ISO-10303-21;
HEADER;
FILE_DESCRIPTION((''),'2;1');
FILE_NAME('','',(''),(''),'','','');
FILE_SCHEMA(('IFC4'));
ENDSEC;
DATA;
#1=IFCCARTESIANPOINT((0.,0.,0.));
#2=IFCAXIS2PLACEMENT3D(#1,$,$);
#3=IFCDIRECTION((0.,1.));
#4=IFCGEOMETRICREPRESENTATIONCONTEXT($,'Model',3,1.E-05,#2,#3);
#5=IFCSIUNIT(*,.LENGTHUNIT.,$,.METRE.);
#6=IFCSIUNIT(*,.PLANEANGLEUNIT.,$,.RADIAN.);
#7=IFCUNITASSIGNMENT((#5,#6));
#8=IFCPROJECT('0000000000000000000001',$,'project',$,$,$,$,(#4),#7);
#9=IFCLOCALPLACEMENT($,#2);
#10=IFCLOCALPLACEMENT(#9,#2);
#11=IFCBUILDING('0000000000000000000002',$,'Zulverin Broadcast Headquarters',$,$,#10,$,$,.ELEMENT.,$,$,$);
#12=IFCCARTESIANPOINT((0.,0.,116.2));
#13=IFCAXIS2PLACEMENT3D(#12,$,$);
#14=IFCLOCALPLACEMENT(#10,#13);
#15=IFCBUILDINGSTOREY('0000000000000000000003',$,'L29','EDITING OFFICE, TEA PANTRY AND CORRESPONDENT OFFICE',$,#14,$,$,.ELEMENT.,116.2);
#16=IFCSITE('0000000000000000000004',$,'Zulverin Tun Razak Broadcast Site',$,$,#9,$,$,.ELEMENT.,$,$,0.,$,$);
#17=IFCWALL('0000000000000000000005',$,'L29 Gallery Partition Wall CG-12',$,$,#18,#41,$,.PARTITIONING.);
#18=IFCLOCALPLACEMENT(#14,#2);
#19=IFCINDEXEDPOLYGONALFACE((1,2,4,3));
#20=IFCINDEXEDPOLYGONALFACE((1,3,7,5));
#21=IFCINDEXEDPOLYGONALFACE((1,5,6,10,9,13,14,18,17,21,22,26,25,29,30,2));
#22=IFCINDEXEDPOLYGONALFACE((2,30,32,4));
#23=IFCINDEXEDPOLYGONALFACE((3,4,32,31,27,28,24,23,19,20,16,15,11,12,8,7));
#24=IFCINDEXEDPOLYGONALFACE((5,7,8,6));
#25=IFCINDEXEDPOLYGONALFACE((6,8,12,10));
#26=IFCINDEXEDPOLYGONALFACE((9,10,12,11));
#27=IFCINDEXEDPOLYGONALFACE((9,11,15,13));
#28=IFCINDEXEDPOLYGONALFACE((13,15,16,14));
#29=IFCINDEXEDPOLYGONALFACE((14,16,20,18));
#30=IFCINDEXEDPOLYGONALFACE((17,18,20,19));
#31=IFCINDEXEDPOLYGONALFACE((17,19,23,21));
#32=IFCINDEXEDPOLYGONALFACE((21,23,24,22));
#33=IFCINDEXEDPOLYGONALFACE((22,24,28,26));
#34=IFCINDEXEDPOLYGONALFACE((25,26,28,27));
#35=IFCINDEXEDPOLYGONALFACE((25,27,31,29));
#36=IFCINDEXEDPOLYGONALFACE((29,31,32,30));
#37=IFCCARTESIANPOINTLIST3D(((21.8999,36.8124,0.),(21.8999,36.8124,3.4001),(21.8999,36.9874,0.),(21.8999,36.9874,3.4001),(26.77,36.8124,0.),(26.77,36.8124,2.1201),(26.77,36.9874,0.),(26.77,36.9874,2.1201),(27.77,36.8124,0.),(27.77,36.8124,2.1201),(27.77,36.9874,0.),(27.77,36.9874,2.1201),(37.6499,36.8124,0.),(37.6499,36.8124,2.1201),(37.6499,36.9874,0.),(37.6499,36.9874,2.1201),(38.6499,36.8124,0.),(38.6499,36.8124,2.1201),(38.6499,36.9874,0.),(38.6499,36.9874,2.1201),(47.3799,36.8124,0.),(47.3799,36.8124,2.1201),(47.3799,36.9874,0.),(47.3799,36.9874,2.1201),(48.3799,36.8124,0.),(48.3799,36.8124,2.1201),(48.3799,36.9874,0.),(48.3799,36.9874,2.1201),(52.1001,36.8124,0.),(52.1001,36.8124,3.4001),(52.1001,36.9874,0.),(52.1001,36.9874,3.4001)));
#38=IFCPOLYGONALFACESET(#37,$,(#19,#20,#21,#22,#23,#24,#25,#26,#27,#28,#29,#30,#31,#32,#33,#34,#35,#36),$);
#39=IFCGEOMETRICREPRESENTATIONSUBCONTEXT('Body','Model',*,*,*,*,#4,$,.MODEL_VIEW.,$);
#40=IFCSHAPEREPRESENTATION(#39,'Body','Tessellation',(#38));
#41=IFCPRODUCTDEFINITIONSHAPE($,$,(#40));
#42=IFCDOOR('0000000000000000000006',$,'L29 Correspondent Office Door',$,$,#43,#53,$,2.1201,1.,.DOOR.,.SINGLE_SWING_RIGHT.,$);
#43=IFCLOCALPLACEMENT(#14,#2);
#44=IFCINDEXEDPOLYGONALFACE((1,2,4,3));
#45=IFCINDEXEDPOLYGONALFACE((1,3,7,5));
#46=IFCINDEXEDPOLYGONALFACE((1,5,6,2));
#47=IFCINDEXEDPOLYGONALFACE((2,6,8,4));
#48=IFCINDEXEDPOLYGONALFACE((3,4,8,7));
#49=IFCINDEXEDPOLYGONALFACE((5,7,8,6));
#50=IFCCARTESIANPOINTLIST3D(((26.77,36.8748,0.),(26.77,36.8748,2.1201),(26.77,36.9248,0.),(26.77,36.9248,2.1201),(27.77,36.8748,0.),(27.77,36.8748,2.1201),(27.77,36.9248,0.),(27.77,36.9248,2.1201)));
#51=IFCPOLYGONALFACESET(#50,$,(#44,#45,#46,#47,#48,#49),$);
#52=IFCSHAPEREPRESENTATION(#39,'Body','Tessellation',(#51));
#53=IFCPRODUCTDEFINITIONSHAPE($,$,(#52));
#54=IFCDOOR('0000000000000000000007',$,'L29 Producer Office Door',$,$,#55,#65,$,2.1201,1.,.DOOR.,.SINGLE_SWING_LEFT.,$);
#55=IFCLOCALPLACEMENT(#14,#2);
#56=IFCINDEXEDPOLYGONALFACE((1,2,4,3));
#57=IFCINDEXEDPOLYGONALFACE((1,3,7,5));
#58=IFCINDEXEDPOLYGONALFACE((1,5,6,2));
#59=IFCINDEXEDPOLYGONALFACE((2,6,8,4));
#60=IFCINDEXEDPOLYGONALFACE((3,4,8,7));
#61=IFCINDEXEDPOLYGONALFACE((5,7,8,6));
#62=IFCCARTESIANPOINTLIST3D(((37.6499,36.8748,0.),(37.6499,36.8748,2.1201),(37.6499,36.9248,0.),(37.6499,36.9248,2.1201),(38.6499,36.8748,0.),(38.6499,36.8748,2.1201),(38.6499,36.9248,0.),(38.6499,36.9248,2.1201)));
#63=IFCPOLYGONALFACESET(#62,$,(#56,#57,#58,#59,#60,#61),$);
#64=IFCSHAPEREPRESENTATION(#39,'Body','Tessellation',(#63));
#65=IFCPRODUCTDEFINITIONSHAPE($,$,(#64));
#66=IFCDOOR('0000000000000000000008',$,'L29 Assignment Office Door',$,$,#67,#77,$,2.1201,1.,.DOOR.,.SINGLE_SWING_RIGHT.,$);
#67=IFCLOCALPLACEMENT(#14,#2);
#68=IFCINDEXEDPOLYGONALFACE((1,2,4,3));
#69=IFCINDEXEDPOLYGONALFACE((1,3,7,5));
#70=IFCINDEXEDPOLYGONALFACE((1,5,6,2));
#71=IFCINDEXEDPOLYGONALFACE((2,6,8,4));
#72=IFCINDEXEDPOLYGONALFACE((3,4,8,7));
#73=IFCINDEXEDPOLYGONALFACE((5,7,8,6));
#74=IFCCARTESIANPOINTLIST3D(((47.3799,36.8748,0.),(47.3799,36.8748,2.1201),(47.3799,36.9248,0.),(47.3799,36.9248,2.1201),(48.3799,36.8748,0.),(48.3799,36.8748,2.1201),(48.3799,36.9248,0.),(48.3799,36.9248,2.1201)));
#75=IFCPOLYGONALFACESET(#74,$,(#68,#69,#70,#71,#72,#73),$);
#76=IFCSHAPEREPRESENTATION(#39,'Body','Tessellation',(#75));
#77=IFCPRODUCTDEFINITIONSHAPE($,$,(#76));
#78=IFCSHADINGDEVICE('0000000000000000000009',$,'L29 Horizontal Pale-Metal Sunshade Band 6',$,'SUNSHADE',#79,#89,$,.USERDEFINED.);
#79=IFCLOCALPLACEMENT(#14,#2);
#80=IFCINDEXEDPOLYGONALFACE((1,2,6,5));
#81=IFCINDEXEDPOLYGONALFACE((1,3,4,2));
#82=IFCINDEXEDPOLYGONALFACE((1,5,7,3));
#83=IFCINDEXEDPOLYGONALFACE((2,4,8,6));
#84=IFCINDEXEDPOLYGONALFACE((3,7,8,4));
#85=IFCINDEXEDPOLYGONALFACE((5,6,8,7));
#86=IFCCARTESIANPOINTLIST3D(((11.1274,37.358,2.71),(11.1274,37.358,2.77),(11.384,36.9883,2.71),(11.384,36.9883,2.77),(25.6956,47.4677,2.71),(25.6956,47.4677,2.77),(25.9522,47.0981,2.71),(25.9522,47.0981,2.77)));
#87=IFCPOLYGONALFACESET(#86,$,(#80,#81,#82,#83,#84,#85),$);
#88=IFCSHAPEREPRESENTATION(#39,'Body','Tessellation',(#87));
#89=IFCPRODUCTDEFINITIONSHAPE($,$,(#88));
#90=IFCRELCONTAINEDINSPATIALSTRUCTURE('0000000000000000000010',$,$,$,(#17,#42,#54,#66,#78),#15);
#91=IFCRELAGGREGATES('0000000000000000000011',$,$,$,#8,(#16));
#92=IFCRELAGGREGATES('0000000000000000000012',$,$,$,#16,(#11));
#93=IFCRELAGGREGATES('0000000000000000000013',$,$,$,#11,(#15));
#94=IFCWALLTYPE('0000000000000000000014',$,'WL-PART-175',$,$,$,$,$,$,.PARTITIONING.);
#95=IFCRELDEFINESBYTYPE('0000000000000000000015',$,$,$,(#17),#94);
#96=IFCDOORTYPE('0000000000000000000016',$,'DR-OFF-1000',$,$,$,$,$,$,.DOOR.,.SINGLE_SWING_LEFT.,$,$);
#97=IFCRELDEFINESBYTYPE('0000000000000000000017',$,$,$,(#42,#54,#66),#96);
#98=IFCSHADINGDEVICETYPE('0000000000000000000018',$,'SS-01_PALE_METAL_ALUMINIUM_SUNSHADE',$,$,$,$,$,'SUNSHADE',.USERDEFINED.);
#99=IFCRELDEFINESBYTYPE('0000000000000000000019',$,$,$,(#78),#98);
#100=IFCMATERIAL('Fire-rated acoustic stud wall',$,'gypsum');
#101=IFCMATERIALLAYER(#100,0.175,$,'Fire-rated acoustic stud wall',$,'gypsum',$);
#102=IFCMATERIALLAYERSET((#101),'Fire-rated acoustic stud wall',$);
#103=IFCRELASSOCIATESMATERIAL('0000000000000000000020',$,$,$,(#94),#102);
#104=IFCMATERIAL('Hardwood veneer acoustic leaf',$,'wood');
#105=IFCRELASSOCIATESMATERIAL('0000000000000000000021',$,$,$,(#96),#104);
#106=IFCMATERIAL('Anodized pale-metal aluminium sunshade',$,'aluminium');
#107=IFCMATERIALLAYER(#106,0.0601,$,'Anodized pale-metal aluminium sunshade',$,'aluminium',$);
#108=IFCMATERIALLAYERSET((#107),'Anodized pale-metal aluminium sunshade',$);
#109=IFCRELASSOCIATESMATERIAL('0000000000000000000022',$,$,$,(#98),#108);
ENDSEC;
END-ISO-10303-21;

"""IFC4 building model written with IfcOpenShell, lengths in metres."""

from ifc_helpers import new_model, si_unit, direction, frame, frame_2d, origin, origin_2d, place, context, subcontext, project, spatial, rectangle, extrude, material, layer, layer_set, type_object, element, fill, save


model = new_model("IFC4")

# Units and contexts
model_context = context("Model", 3, precision=1e-05, world=origin(), true_north=direction((0.0, 1.0)))
body_context = subcontext(model_context, "Body", "Model", "MODEL_VIEW")
ifc_project = project(units=[si_unit("LENGTHUNIT", "METRE"), si_unit("PLANEANGLEUNIT", "RADIAN")], contexts=[model_context])

# Site, building, storey
site_placement = place(None, origin())
site = spatial("IfcSite", under=ifc_project, at=site_placement, Name="Zulverin Tun Razak Broadcast Site", CompositionType="ELEMENT", RefElevation=0.0)
building_placement = place(site_placement, origin())
building = spatial("IfcBuilding", under=site, at=building_placement, Name="Zulverin Broadcast Headquarters", CompositionType="ELEMENT")
storey_placement = place(building_placement, frame((0.0, 0.0, 116.2)))
storey = spatial("IfcBuildingStorey", under=building, at=storey_placement, Name="L29", Description="EDITING OFFICE, TEA PANTRY AND CORRESPONDENT OFFICE", CompositionType="ELEMENT", Elevation=116.2)

# Wall, openings, doors
ifc_material_1 = material(Name="Fire-rated acoustic stud wall", Category="gypsum")
ifc_layer_1 = layer(ifc_material_1, 0.175, Name="Fire-rated acoustic stud wall", Category="gypsum")
ifc_layer_set_1 = layer_set([ifc_layer_1], Name="Fire-rated acoustic stud wall")
wall_type_1 = type_object("IfcWallType", Name="WL-PART-175", PredefinedType="PARTITIONING", material=ifc_layer_set_1)
wall_1_placement = place(storey_placement, frame((21.8999, 36.8999, 0.0), z_axis=(0.0, 0.0, 1.0), x_axis=(1.0, 0.0, 0.0)))
wall_1 = element("IfcWall", 1, at=wall_1_placement, inside=storey, type_object=wall_type_1, Name="L29 Gallery Partition Wall CG-12", PredefinedType="PARTITIONING", context=body_context, shape_type="SweptSolid", body=[
    extrude(rectangle(XDim=30.2002, YDim=0.175, at=frame_2d((15.1001, 0.0))), origin(), (0.0, 0.0, 1.0), 3.4001),
])
opening_1_placement = place(wall_1_placement, frame((4.8701, 0.0, 0.0)))
opening_1 = element("IfcOpeningElement", 2, at=opening_1_placement, cuts=wall_1, PredefinedType="OPENING", context=body_context, shape_type="SweptSolid", body=[
    extrude(rectangle(XDim=1.0, YDim=2.1201, at=frame_2d((0.5, 1.0601))), frame((0.0, 0.0974, 0.0), z_axis=(0.0, -1.0, 0.0), x_axis=(1.0, 0.0, 0.0)), (0.0, 0.0, 1.0), 0.1951),
])
opening_2_placement = place(wall_1_placement, frame((15.75, 0.0, 0.0)))
opening_2 = element("IfcOpeningElement", 3, at=opening_2_placement, cuts=wall_1, PredefinedType="OPENING", context=body_context, shape_type="SweptSolid", body=[
    extrude(rectangle(XDim=1.0, YDim=2.1201, at=frame_2d((0.5, 1.0601))), frame((0.0, 0.0974, 0.0), z_axis=(0.0, -1.0, 0.0), x_axis=(1.0, 0.0, 0.0)), (0.0, 0.0, 1.0), 0.1951),
])
opening_3_placement = place(wall_1_placement, frame((25.48, 0.0, 0.0)))
opening_3 = element("IfcOpeningElement", 4, at=opening_3_placement, cuts=wall_1, PredefinedType="OPENING", context=body_context, shape_type="SweptSolid", body=[
    extrude(rectangle(XDim=1.0, YDim=2.1201, at=frame_2d((0.5, 1.0601))), frame((0.0, 0.0974, 0.0), z_axis=(0.0, -1.0, 0.0), x_axis=(1.0, 0.0, 0.0)), (0.0, 0.0, 1.0), 0.1951),
])
ifc_material_2 = material(Name="Hardwood veneer acoustic leaf", Category="wood")
door_type_1 = type_object("IfcDoorType", Name="DR-OFF-1000", OperationType="SINGLE_SWING_LEFT", PredefinedType="DOOR", material=ifc_material_2)
door_1_placement = place(opening_1_placement, origin())
door_1 = element("IfcDoor", 5, at=door_1_placement, inside=storey, type_object=door_type_1, Name="L29 Correspondent Office Door", OperationType="SINGLE_SWING_RIGHT", OverallHeight=2.1201, OverallWidth=1.0, PredefinedType="DOOR", context=body_context, shape_type="SweptSolid", body=[
    extrude(rectangle(XDim=1.0, YDim=2.1201, at=frame_2d((0.5, 1.0601))), frame((0.0, 0.0249, 0.0), z_axis=(0.0, -1.0, 0.0), x_axis=(1.0, 0.0, 0.0)), (0.0, 0.0, 1.0), 0.05),
])
fill(opening_1, door_1)
door_2_placement = place(opening_2_placement, origin())
door_2 = element("IfcDoor", 6, at=door_2_placement, inside=storey, type_object=door_type_1, Name="L29 Producer Office Door", OperationType="SINGLE_SWING_LEFT", OverallHeight=2.1201, OverallWidth=1.0, PredefinedType="DOOR", context=body_context, shape_type="SweptSolid", body=[
    extrude(rectangle(XDim=1.0, YDim=2.1201, at=frame_2d((0.5, 1.0601))), frame((0.0, 0.0249, 0.0), z_axis=(0.0, -1.0, 0.0), x_axis=(1.0, 0.0, 0.0)), (0.0, 0.0, 1.0), 0.05),
])
fill(opening_2, door_2)
door_3_placement = place(opening_3_placement, origin())
door_3 = element("IfcDoor", 7, at=door_3_placement, inside=storey, type_object=door_type_1, Name="L29 Assignment Office Door", OperationType="SINGLE_SWING_RIGHT", OverallHeight=2.1201, OverallWidth=1.0, PredefinedType="DOOR", context=body_context, shape_type="SweptSolid", body=[
    extrude(rectangle(XDim=1.0, YDim=2.1201, at=frame_2d((0.5, 1.0601))), frame((0.0, 0.0249, 0.0), z_axis=(0.0, -1.0, 0.0), x_axis=(1.0, 0.0, 0.0)), (0.0, 0.0, 1.0), 0.05),
])
fill(opening_3, door_3)

# Shading device
ifc_material_3 = material(Name="Anodized pale-metal aluminium sunshade", Category="aluminium")
ifc_layer_2 = layer(ifc_material_3, 0.0601, Name="Anodized pale-metal aluminium sunshade", Category="aluminium")
ifc_layer_set_2 = layer_set([ifc_layer_2], Name="Anodized pale-metal aluminium sunshade")
shading_device_type = type_object("IfcShadingDeviceType", Name="SS-01_PALE_METAL_ALUMINIUM_SUNSHADE", ElementType="SUNSHADE", PredefinedType="USERDEFINED", material=ifc_layer_set_2)
shading_device_placement = place(storey_placement, frame((18.5398, 42.228, 2.71), z_axis=(0.0, 0.0, 1.0), x_axis=(-0.821556, -0.570127, 0.0)))
element("IfcShadingDevice", 8, at=shading_device_placement, inside=storey, type_object=shading_device_type, Name="L29 Horizontal Pale-Metal Sunshade Band 6", ObjectType="SUNSHADE", PredefinedType="USERDEFINED", context=body_context, shape_type="SweptSolid", body=[
    extrude(rectangle(XDim=17.7324, YDim=0.45, at=origin_2d()), origin(), (0.0, 0.0, 1.0), 0.0601),
])

save(model, "model.ifc")
